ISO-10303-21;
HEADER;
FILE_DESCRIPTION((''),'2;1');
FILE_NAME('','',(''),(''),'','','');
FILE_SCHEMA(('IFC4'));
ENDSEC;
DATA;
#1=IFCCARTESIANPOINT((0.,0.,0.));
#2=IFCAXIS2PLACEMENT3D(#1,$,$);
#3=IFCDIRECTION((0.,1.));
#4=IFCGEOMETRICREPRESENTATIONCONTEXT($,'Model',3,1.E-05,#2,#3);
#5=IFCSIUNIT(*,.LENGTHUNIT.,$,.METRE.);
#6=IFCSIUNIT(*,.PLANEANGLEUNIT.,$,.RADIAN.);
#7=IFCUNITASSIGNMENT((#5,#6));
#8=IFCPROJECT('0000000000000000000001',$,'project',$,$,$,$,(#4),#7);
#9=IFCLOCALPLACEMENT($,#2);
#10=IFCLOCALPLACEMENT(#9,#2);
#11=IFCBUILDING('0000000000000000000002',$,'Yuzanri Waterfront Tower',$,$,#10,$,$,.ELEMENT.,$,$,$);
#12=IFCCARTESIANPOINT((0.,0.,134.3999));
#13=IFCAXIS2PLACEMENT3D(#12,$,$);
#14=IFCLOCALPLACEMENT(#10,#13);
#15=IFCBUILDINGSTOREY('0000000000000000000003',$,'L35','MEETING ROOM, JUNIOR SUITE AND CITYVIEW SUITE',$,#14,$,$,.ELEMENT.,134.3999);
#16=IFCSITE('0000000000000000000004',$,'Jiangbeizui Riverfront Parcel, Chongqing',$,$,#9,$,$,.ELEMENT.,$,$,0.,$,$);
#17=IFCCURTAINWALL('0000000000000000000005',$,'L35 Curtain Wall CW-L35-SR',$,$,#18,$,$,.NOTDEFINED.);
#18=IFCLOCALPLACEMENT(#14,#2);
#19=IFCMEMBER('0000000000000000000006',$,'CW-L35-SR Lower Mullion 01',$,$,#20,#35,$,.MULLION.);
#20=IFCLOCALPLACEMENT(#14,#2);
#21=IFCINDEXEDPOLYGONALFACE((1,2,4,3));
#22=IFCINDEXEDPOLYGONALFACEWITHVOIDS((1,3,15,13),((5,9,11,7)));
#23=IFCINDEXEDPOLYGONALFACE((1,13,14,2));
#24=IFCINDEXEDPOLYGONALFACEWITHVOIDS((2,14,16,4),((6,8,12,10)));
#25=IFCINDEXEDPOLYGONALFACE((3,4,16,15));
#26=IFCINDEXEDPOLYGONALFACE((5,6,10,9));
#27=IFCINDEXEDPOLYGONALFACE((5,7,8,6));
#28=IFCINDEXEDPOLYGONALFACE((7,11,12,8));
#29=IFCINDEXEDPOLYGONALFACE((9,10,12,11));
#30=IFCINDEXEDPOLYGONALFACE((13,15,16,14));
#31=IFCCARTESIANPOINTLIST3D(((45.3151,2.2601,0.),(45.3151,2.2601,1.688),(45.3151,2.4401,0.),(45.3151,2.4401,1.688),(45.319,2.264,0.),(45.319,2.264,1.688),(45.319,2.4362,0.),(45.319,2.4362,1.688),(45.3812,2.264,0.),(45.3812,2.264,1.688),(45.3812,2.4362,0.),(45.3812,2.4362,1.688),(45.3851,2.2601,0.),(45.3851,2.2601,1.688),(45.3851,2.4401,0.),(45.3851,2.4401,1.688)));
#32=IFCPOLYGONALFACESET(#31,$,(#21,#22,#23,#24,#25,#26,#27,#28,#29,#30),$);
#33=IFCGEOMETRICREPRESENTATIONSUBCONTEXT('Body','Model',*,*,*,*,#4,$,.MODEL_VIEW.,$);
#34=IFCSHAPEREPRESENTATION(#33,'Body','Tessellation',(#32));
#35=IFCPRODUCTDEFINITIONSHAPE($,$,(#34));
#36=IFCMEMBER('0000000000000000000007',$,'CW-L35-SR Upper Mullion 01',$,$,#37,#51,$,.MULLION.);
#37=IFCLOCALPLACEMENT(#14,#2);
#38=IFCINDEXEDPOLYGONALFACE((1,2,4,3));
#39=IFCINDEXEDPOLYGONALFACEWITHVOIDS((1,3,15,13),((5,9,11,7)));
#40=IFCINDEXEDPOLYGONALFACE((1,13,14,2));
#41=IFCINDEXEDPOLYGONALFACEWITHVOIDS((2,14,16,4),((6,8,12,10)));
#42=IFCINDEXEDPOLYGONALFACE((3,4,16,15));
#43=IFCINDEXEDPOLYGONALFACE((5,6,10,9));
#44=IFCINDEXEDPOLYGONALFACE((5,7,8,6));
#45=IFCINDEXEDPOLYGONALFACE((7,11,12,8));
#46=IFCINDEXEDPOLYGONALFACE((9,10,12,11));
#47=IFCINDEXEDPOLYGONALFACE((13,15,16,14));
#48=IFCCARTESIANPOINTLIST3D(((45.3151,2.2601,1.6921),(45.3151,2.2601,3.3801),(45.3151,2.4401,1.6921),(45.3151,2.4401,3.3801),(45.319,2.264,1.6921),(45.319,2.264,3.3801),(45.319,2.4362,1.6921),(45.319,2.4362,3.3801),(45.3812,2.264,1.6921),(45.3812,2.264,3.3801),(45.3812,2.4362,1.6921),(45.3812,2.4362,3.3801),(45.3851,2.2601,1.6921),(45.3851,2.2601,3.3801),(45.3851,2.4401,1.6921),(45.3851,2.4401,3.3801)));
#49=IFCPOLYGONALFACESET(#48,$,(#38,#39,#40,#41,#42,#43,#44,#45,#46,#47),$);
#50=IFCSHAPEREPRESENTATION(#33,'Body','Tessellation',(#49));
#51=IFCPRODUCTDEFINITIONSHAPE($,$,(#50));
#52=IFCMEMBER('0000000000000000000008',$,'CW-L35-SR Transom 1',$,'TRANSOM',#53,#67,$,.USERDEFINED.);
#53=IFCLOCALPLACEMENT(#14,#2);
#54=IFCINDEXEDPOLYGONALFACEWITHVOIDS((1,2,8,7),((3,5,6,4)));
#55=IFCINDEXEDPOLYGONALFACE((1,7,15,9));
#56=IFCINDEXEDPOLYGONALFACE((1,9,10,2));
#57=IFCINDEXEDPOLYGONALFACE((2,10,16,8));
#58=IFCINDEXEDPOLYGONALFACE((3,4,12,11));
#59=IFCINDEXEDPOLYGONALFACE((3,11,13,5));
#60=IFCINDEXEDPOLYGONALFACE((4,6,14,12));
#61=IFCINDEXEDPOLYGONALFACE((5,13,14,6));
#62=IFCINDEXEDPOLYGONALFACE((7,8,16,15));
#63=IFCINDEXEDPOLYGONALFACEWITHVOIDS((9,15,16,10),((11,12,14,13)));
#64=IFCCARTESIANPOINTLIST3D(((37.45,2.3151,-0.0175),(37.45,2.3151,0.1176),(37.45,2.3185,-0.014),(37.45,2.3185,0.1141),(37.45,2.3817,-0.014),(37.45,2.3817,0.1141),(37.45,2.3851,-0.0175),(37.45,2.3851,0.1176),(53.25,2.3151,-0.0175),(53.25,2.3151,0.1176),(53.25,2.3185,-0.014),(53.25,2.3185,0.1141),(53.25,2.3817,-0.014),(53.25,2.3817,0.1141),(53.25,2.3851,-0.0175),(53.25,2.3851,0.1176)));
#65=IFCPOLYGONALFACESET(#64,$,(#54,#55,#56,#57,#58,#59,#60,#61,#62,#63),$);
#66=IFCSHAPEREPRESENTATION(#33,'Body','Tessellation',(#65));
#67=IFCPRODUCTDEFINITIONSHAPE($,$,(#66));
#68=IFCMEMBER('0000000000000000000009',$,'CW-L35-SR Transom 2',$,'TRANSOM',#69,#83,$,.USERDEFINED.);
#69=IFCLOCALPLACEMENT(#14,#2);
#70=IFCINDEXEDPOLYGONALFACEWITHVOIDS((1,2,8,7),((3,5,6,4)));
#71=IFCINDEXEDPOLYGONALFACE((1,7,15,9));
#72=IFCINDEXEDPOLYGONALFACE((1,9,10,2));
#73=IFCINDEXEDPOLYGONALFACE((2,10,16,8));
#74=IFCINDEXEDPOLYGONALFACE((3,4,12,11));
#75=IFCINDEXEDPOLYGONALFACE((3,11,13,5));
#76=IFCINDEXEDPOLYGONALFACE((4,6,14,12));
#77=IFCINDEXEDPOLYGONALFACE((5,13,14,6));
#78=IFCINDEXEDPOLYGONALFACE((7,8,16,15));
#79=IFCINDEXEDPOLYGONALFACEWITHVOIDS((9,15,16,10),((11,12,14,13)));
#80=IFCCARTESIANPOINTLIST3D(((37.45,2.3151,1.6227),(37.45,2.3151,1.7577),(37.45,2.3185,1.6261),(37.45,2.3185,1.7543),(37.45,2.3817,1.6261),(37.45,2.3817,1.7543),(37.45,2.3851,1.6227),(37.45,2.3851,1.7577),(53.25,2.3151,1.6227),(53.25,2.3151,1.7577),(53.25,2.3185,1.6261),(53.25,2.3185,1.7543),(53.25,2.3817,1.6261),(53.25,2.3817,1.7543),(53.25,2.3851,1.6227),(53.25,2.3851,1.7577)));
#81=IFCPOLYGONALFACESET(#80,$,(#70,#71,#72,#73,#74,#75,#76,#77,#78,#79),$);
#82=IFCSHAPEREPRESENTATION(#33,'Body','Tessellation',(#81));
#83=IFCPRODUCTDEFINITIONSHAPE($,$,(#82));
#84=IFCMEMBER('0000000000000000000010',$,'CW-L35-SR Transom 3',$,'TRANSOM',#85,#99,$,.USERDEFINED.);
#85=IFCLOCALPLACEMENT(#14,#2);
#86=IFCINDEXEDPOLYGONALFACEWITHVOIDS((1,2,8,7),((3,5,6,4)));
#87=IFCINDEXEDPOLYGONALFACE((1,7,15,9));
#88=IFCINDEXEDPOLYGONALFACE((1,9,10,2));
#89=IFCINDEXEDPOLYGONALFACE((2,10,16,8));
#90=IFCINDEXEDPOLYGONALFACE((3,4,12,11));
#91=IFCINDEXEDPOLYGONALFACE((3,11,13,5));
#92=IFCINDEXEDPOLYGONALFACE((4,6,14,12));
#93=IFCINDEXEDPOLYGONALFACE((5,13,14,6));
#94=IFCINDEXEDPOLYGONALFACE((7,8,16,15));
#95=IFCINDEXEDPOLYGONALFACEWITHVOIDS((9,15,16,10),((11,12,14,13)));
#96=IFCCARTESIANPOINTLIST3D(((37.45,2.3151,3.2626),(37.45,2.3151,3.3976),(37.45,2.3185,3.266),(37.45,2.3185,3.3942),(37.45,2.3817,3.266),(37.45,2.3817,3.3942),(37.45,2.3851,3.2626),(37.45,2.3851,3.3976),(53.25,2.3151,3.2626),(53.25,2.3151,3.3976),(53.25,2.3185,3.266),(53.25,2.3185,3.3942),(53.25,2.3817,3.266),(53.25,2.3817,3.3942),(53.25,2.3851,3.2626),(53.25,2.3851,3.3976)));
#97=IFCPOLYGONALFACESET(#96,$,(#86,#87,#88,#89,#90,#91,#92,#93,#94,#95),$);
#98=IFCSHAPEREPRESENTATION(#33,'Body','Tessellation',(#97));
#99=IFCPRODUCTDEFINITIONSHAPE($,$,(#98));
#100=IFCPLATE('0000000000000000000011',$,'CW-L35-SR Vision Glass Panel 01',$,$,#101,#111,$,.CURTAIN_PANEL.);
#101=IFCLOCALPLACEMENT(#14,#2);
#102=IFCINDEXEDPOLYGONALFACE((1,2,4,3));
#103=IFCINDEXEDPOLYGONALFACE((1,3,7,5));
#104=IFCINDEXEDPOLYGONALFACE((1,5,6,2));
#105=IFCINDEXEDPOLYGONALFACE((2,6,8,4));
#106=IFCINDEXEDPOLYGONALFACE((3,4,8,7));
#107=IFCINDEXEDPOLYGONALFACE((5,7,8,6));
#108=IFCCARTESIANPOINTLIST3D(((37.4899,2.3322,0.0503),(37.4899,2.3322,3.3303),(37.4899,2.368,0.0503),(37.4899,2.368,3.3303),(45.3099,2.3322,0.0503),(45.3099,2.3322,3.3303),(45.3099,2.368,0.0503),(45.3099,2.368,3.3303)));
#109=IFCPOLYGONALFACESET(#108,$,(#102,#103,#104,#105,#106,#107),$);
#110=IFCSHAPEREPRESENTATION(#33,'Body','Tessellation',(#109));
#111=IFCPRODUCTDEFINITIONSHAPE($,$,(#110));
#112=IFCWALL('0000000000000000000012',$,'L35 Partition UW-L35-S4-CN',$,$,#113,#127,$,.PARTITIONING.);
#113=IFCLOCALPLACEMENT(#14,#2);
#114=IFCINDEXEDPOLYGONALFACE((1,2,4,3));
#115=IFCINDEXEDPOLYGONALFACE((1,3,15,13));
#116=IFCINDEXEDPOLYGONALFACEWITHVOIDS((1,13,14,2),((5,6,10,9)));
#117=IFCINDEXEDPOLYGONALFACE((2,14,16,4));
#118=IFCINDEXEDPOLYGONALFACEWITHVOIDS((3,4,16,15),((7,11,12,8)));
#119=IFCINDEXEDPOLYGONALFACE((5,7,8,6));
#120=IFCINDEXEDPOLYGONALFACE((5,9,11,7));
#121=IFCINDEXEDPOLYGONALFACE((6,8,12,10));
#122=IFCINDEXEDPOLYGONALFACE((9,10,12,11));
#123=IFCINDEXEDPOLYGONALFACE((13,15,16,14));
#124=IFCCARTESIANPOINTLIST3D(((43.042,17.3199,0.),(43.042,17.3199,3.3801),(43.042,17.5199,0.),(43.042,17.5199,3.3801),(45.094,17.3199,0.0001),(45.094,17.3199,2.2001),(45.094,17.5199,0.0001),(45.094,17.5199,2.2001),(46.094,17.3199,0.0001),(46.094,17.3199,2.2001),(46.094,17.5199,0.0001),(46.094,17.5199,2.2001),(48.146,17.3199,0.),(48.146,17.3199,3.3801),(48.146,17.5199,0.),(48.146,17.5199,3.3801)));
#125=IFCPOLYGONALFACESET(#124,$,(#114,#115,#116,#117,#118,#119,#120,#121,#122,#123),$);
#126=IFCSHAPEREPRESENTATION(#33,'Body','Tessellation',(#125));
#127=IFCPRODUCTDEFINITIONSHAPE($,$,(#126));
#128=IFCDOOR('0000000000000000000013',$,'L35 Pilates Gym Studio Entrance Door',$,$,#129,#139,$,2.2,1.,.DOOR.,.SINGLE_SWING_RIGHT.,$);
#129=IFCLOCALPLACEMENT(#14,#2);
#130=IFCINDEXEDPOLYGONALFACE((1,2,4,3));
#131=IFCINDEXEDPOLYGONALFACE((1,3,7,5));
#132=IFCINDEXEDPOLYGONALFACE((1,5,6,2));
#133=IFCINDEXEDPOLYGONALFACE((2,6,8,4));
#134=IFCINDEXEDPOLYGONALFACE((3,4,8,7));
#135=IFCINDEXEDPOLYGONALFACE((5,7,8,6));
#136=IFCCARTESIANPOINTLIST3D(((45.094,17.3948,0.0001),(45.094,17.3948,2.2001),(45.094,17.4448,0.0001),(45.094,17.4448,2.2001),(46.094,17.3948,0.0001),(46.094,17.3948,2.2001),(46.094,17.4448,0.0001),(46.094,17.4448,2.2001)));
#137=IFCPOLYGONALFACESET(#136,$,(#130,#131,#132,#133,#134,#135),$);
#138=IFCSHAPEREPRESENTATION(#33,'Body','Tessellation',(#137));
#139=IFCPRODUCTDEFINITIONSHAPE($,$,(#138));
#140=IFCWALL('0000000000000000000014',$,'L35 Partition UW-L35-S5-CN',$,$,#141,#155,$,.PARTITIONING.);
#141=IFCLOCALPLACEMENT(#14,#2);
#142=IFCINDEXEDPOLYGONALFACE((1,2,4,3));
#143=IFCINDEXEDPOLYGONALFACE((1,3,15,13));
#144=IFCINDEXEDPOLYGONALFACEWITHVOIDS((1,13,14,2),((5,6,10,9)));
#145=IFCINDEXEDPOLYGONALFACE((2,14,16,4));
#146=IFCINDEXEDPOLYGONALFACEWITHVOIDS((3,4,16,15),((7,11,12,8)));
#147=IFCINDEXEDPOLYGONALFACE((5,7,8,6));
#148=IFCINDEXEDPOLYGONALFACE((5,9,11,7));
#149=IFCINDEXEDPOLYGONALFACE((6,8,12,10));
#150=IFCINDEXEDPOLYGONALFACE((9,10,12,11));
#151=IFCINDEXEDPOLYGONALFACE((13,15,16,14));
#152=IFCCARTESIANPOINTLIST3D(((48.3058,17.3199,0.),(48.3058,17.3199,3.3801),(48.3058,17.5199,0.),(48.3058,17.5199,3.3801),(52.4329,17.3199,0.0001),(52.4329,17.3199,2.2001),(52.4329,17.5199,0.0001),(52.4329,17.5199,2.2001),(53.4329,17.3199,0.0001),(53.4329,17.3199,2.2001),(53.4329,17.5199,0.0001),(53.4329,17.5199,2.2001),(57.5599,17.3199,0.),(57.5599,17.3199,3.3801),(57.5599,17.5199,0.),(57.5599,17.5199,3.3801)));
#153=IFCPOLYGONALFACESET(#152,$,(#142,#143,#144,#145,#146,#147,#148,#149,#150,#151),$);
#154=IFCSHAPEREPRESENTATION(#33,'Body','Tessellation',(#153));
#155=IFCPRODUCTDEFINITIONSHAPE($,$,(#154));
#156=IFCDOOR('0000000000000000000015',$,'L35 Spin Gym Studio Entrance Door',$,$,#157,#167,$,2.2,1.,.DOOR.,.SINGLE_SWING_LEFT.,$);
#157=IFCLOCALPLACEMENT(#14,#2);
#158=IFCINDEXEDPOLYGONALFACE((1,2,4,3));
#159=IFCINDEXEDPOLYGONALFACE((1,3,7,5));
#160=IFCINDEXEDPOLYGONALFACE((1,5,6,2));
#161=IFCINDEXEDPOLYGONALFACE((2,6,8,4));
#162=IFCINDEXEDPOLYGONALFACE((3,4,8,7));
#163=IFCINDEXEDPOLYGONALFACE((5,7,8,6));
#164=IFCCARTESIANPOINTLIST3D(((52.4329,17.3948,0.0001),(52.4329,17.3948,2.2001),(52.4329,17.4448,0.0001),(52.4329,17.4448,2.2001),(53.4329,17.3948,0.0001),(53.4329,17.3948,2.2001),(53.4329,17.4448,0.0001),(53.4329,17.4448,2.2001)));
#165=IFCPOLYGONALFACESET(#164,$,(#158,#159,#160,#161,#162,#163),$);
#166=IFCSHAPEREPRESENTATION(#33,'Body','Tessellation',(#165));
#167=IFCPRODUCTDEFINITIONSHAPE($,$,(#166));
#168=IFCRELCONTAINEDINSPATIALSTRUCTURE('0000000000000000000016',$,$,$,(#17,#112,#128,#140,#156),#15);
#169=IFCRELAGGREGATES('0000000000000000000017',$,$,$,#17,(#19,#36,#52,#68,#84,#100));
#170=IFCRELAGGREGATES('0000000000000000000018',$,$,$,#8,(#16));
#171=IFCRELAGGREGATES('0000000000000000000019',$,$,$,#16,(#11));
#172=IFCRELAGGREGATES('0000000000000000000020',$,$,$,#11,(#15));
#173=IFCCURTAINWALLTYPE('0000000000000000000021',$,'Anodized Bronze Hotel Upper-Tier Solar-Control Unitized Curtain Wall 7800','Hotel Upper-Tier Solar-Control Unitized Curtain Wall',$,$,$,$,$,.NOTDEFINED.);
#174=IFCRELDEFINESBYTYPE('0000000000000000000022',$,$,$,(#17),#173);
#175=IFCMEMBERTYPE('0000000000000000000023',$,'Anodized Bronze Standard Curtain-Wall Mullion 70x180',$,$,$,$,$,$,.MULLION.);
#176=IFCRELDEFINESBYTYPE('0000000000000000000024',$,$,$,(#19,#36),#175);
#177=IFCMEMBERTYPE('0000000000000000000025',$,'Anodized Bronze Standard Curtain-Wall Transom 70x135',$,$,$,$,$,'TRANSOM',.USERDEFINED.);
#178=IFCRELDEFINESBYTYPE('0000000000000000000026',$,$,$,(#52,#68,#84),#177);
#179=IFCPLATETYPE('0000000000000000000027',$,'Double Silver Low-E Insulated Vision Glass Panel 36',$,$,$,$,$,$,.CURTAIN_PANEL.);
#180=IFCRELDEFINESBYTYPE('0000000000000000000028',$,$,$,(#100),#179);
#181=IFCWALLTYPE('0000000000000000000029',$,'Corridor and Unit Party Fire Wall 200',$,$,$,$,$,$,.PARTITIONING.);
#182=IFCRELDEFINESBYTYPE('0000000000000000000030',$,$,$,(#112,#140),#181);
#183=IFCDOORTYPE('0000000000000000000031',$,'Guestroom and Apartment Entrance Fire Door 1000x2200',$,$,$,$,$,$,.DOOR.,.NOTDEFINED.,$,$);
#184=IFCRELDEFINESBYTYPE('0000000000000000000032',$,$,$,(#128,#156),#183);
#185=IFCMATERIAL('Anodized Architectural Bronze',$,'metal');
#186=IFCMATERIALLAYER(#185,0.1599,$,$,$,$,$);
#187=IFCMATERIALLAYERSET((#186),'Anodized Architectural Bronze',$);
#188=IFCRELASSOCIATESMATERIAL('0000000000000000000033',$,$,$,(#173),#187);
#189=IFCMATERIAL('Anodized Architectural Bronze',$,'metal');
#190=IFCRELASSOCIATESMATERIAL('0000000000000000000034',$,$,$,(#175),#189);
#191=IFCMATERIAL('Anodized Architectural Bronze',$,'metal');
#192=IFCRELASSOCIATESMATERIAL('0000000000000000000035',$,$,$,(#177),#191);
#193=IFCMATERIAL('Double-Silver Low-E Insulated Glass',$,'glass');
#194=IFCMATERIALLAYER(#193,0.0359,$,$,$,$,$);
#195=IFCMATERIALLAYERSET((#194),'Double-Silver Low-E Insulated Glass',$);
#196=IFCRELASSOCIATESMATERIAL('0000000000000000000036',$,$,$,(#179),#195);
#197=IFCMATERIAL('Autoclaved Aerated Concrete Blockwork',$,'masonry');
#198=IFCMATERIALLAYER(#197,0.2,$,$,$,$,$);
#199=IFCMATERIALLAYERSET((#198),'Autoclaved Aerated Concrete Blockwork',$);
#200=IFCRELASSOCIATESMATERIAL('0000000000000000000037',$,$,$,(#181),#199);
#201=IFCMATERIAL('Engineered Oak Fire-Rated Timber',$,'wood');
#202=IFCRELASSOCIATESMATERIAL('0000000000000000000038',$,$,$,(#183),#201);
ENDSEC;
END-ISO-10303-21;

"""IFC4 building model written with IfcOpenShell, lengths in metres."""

from ifc_helpers import new_model, si_unit, direction, frame, frame_2d, origin, origin_2d, place, context, subcontext, project, spatial, rectangle, hollow_rectangle, extrude, source, transform, mapped, material, layer, layer_set, material_profile, profile_set, type_object, element, fill, aggregate, save


model = new_model("IFC4")

# Units and contexts
model_context = context("Model", 3, precision=1e-05, world=origin(), true_north=direction((0.0, 1.0)))
body_context = subcontext(model_context, "Body", "Model", "MODEL_VIEW")
ifc_project = project(units=[si_unit("LENGTHUNIT", "METRE"), si_unit("PLANEANGLEUNIT", "RADIAN")], contexts=[model_context])

# Site, building, storey
site_placement = place(None, origin())
site = spatial("IfcSite", under=ifc_project, at=site_placement, Name="Jiangbeizui Riverfront Parcel, Chongqing", CompositionType="ELEMENT", RefElevation=0.0)
building_placement = place(site_placement, origin())
building = spatial("IfcBuilding", under=site, at=building_placement, Name="Yuzanri Waterfront Tower", CompositionType="ELEMENT")
storey_placement = place(building_placement, frame((0.0, 0.0, 134.3999)))
storey = spatial("IfcBuildingStorey", under=building, at=storey_placement, Name="L35", Description="MEETING ROOM, JUNIOR SUITE AND CITYVIEW SUITE", CompositionType="ELEMENT", Elevation=134.3999)

# Curtain wall, members, plate
ifc_material_1 = material(Name="Anodized Architectural Bronze", Category="metal")
ifc_layer_1 = layer(ifc_material_1, 0.1599)
ifc_layer_set_1 = layer_set([ifc_layer_1], Name="Anodized Architectural Bronze")
curtain_wall_type = type_object("IfcCurtainWallType", Name="Anodized Bronze Hotel Upper-Tier Solar-Control Unitized Curtain Wall 7800", Description="Hotel Upper-Tier Solar-Control Unitized Curtain Wall", PredefinedType="NOTDEFINED", material=ifc_layer_set_1)
curtain_wall_placement = place(storey_placement, origin())
curtain_wall = element("IfcCurtainWall", 1, at=curtain_wall_placement, inside=storey, type_object=curtain_wall_type, Name="L35 Curtain Wall CW-L35-SR", PredefinedType="NOTDEFINED")
ifc_material_2 = material(Name="Anodized Architectural Bronze", Category="metal")
ifc_material_profile_1 = material_profile(ifc_material_2, hollow_rectangle(XDim=0.0701, YDim=0.1799, WallThickness=0.0039, at=origin_2d()), Name="CWM 70x180")
ifc_profile_set_1 = profile_set([ifc_material_profile_1], Name="Anodized Architectural Bronze")
member_type_1 = type_object("IfcMemberType", Name="Anodized Bronze Standard Curtain-Wall Mullion 70x180", PredefinedType="MULLION", material=ifc_profile_set_1)
shared_shape_1 = source(origin(), body_context, "Body", "SweptSolid", [
    extrude(hollow_rectangle(XDim=0.0701, YDim=0.1799, WallThickness=0.0039, at=origin_2d()), origin(), (0.0, 0.0, 1.0), 1.688),
])
member_1_placement = place(storey_placement, frame((45.3501, 2.3501, 0.0), z_axis=(0.0, 0.0, 1.0), x_axis=(1.0, 0.0, 0.0)))
member_1 = element("IfcMember", 2, at=member_1_placement, type_object=member_type_1, Name="CW-L35-SR Lower Mullion 01", PredefinedType="MULLION", context=body_context, shape_type="MappedRepresentation", body=[
    mapped(shared_shape_1, transform((0.0, 0.0, 0.0), scale=1.0)),
])
member_2_placement = place(storey_placement, frame((45.3501, 2.3501, 1.6921), z_axis=(0.0, 0.0, 1.0), x_axis=(1.0, 0.0, 0.0)))
member_2 = element("IfcMember", 3, at=member_2_placement, type_object=member_type_1, Name="CW-L35-SR Upper Mullion 01", PredefinedType="MULLION", context=body_context, shape_type="MappedRepresentation", body=[
    mapped(shared_shape_1, transform((0.0, 0.0, 0.0), scale=1.0)),
])
ifc_material_3 = material(Name="Anodized Architectural Bronze", Category="metal")
ifc_material_profile_2 = material_profile(ifc_material_3, hollow_rectangle(XDim=0.0701, YDim=0.135, WallThickness=0.0034, at=origin_2d()), Name="CWT 70x135")
ifc_profile_set_2 = profile_set([ifc_material_profile_2], Name="Anodized Architectural Bronze")
member_type_2 = type_object("IfcMemberType", Name="Anodized Bronze Standard Curtain-Wall Transom 70x135", ElementType="TRANSOM", PredefinedType="USERDEFINED", material=ifc_profile_set_2)
shared_shape_2 = source(origin(), body_context, "Body", "SweptSolid", [
    extrude(hollow_rectangle(XDim=0.0701, YDim=0.135, WallThickness=0.0034, at=origin_2d()), origin(), (0.0, 0.0, 1.0), 15.8),
])
member_3_placement = place(storey_placement, frame((37.45, 2.3501, 0.05), z_axis=(1.0, 0.0, 0.0), x_axis=(0.0, 1.0, 0.0)))
member_3 = element("IfcMember", 4, at=member_3_placement, type_object=member_type_2, Name="CW-L35-SR Transom 1", ObjectType="TRANSOM", PredefinedType="USERDEFINED", context=body_context, shape_type="MappedRepresentation", body=[
    mapped(shared_shape_2, transform((0.0, 0.0, 0.0), scale=1.0)),
])
member_4_placement = place(storey_placement, frame((37.45, 2.3501, 1.6902), z_axis=(1.0, 0.0, 0.0), x_axis=(0.0, 1.0, 0.0)))
member_4 = element("IfcMember", 5, at=member_4_placement, type_object=member_type_2, Name="CW-L35-SR Transom 2", ObjectType="TRANSOM", PredefinedType="USERDEFINED", context=body_context, shape_type="MappedRepresentation", body=[
    mapped(shared_shape_2, transform((0.0, 0.0, 0.0), scale=1.0)),
])
member_5_placement = place(storey_placement, frame((37.45, 2.3501, 3.3301), z_axis=(1.0, 0.0, 0.0), x_axis=(0.0, 1.0, 0.0)))
member_5 = element("IfcMember", 6, at=member_5_placement, type_object=member_type_2, Name="CW-L35-SR Transom 3", ObjectType="TRANSOM", PredefinedType="USERDEFINED", context=body_context, shape_type="MappedRepresentation", body=[
    mapped(shared_shape_2, transform((0.0, 0.0, 0.0), scale=1.0)),
])
ifc_material_4 = material(Name="Double-Silver Low-E Insulated Glass", Category="glass")
ifc_layer_2 = layer(ifc_material_4, 0.0359)
ifc_layer_set_2 = layer_set([ifc_layer_2], Name="Double-Silver Low-E Insulated Glass")
plate_type = type_object("IfcPlateType", Name="Double Silver Low-E Insulated Vision Glass Panel 36", PredefinedType="CURTAIN_PANEL", material=ifc_layer_set_2)
shared_shape_3 = source(origin(), body_context, "Body", "SweptSolid", [
    extrude(rectangle(XDim=7.8201, YDim=0.0359, at=origin_2d()), origin(), (0.0, 0.0, 1.0), 3.28),
])
plate_placement = place(storey_placement, frame((41.3999, 2.3501, 0.0503), z_axis=(0.0, 0.0, 1.0), x_axis=(1.0, 0.0, 0.0)))
plate = element("IfcPlate", 7, at=plate_placement, type_object=plate_type, Name="CW-L35-SR Vision Glass Panel 01", PredefinedType="CURTAIN_PANEL", context=body_context, shape_type="MappedRepresentation", body=[
    mapped(shared_shape_3, transform((0.0, 0.0, 0.0), scale=1.0)),
])
aggregate(curtain_wall, [member_1, member_2, member_3, member_4, member_5, plate])

# Walls, openings, doors
ifc_material_5 = material(Name="Autoclaved Aerated Concrete Blockwork", Category="masonry")
ifc_layer_3 = layer(ifc_material_5, 0.2)
ifc_layer_set_3 = layer_set([ifc_layer_3], Name="Autoclaved Aerated Concrete Blockwork")
wall_type_1 = type_object("IfcWallType", Name="Corridor and Unit Party Fire Wall 200", PredefinedType="PARTITIONING", material=ifc_layer_set_3)
wall_1_placement = place(storey_placement, frame((43.042, 17.4199, 0.0), z_axis=(0.0, 0.0, 1.0), x_axis=(1.0, 0.0, 0.0)))
wall_1 = element("IfcWall", 8, at=wall_1_placement, inside=storey, type_object=wall_type_1, Name="L35 Partition UW-L35-S4-CN", PredefinedType="PARTITIONING", context=body_context, shape_type="SweptSolid", body=[
    extrude(rectangle(XDim=5.104, YDim=0.2, at=frame_2d((2.552, 0.0))), origin(), (0.0, 0.0, 1.0), 3.3801),
])
opening_1_placement = place(wall_1_placement, frame((2.052, 0.0, 0.0)))
opening_1 = element("IfcOpeningElement", 9, at=opening_1_placement, cuts=wall_1, PredefinedType="OPENING", context=body_context, shape_type="SweptSolid", body=[
    extrude(rectangle(XDim=1.0, YDim=2.2, at=frame_2d((0.5, 1.1001))), frame((0.0, 0.1147, 0.0), z_axis=(0.0, -1.0, 0.0), x_axis=(1.0, 0.0, 0.0)), (0.0, 0.0, 1.0), 0.2297),
])
ifc_material_6 = material(Name="Engineered Oak Fire-Rated Timber", Category="wood")
door_type = type_object("IfcDoorType", Name="Guestroom and Apartment Entrance Fire Door 1000x2200", OperationType="NOTDEFINED", PredefinedType="DOOR", material=ifc_material_6)
shared_shape_4 = source(origin(), body_context, "Body", "SweptSolid", [
    extrude(rectangle(XDim=1.0, YDim=2.2, at=frame_2d((0.5, 1.1001))), frame((0.0, 0.0249, 0.0), z_axis=(0.0, -1.0, 0.0), x_axis=(1.0, 0.0, 0.0)), (0.0, 0.0, 1.0), 0.05),
])
door_1_placement = place(opening_1_placement, origin())
door_1 = element("IfcDoor", 10, at=door_1_placement, inside=storey, type_object=door_type, Name="L35 Pilates Gym Studio Entrance Door", OperationType="SINGLE_SWING_RIGHT", OverallHeight=2.2, OverallWidth=1.0, PredefinedType="DOOR", context=body_context, shape_type="MappedRepresentation", body=[
    mapped(shared_shape_4, transform((0.0, 0.0, 0.0), scale=1.0)),
])
fill(opening_1, door_1)
wall_2_placement = place(storey_placement, frame((48.3059, 17.4199, 0.0), z_axis=(0.0, 0.0, 1.0), x_axis=(1.0, 0.0, 0.0)))
wall_2 = element("IfcWall", 11, at=wall_2_placement, inside=storey, type_object=wall_type_1, Name="L35 Partition UW-L35-S5-CN", PredefinedType="PARTITIONING", context=body_context, shape_type="SweptSolid", body=[
    extrude(rectangle(XDim=9.2542, YDim=0.2, at=frame_2d((4.627, 0.0))), origin(), (0.0, 0.0, 1.0), 3.3801),
])
opening_2_placement = place(wall_2_placement, frame((4.127, 0.0, 0.0)))
opening_2 = element("IfcOpeningElement", 12, at=opening_2_placement, cuts=wall_2, PredefinedType="OPENING", context=body_context, shape_type="SweptSolid", body=[
    extrude(rectangle(XDim=1.0, YDim=2.2, at=frame_2d((0.5, 1.1001))), frame((0.0, 0.1147, 0.0), z_axis=(0.0, -1.0, 0.0), x_axis=(1.0, 0.0, 0.0)), (0.0, 0.0, 1.0), 0.2297),
])
door_2_placement = place(opening_2_placement, origin())
door_2 = element("IfcDoor", 13, at=door_2_placement, inside=storey, type_object=door_type, Name="L35 Spin Gym Studio Entrance Door", OperationType="SINGLE_SWING_LEFT", OverallHeight=2.2, OverallWidth=1.0, PredefinedType="DOOR", context=body_context, shape_type="MappedRepresentation", body=[
    mapped(shared_shape_4, transform((0.0, 0.0, 0.0), scale=1.0)),
])
fill(opening_2, door_2)

save(model, "model.ifc")
